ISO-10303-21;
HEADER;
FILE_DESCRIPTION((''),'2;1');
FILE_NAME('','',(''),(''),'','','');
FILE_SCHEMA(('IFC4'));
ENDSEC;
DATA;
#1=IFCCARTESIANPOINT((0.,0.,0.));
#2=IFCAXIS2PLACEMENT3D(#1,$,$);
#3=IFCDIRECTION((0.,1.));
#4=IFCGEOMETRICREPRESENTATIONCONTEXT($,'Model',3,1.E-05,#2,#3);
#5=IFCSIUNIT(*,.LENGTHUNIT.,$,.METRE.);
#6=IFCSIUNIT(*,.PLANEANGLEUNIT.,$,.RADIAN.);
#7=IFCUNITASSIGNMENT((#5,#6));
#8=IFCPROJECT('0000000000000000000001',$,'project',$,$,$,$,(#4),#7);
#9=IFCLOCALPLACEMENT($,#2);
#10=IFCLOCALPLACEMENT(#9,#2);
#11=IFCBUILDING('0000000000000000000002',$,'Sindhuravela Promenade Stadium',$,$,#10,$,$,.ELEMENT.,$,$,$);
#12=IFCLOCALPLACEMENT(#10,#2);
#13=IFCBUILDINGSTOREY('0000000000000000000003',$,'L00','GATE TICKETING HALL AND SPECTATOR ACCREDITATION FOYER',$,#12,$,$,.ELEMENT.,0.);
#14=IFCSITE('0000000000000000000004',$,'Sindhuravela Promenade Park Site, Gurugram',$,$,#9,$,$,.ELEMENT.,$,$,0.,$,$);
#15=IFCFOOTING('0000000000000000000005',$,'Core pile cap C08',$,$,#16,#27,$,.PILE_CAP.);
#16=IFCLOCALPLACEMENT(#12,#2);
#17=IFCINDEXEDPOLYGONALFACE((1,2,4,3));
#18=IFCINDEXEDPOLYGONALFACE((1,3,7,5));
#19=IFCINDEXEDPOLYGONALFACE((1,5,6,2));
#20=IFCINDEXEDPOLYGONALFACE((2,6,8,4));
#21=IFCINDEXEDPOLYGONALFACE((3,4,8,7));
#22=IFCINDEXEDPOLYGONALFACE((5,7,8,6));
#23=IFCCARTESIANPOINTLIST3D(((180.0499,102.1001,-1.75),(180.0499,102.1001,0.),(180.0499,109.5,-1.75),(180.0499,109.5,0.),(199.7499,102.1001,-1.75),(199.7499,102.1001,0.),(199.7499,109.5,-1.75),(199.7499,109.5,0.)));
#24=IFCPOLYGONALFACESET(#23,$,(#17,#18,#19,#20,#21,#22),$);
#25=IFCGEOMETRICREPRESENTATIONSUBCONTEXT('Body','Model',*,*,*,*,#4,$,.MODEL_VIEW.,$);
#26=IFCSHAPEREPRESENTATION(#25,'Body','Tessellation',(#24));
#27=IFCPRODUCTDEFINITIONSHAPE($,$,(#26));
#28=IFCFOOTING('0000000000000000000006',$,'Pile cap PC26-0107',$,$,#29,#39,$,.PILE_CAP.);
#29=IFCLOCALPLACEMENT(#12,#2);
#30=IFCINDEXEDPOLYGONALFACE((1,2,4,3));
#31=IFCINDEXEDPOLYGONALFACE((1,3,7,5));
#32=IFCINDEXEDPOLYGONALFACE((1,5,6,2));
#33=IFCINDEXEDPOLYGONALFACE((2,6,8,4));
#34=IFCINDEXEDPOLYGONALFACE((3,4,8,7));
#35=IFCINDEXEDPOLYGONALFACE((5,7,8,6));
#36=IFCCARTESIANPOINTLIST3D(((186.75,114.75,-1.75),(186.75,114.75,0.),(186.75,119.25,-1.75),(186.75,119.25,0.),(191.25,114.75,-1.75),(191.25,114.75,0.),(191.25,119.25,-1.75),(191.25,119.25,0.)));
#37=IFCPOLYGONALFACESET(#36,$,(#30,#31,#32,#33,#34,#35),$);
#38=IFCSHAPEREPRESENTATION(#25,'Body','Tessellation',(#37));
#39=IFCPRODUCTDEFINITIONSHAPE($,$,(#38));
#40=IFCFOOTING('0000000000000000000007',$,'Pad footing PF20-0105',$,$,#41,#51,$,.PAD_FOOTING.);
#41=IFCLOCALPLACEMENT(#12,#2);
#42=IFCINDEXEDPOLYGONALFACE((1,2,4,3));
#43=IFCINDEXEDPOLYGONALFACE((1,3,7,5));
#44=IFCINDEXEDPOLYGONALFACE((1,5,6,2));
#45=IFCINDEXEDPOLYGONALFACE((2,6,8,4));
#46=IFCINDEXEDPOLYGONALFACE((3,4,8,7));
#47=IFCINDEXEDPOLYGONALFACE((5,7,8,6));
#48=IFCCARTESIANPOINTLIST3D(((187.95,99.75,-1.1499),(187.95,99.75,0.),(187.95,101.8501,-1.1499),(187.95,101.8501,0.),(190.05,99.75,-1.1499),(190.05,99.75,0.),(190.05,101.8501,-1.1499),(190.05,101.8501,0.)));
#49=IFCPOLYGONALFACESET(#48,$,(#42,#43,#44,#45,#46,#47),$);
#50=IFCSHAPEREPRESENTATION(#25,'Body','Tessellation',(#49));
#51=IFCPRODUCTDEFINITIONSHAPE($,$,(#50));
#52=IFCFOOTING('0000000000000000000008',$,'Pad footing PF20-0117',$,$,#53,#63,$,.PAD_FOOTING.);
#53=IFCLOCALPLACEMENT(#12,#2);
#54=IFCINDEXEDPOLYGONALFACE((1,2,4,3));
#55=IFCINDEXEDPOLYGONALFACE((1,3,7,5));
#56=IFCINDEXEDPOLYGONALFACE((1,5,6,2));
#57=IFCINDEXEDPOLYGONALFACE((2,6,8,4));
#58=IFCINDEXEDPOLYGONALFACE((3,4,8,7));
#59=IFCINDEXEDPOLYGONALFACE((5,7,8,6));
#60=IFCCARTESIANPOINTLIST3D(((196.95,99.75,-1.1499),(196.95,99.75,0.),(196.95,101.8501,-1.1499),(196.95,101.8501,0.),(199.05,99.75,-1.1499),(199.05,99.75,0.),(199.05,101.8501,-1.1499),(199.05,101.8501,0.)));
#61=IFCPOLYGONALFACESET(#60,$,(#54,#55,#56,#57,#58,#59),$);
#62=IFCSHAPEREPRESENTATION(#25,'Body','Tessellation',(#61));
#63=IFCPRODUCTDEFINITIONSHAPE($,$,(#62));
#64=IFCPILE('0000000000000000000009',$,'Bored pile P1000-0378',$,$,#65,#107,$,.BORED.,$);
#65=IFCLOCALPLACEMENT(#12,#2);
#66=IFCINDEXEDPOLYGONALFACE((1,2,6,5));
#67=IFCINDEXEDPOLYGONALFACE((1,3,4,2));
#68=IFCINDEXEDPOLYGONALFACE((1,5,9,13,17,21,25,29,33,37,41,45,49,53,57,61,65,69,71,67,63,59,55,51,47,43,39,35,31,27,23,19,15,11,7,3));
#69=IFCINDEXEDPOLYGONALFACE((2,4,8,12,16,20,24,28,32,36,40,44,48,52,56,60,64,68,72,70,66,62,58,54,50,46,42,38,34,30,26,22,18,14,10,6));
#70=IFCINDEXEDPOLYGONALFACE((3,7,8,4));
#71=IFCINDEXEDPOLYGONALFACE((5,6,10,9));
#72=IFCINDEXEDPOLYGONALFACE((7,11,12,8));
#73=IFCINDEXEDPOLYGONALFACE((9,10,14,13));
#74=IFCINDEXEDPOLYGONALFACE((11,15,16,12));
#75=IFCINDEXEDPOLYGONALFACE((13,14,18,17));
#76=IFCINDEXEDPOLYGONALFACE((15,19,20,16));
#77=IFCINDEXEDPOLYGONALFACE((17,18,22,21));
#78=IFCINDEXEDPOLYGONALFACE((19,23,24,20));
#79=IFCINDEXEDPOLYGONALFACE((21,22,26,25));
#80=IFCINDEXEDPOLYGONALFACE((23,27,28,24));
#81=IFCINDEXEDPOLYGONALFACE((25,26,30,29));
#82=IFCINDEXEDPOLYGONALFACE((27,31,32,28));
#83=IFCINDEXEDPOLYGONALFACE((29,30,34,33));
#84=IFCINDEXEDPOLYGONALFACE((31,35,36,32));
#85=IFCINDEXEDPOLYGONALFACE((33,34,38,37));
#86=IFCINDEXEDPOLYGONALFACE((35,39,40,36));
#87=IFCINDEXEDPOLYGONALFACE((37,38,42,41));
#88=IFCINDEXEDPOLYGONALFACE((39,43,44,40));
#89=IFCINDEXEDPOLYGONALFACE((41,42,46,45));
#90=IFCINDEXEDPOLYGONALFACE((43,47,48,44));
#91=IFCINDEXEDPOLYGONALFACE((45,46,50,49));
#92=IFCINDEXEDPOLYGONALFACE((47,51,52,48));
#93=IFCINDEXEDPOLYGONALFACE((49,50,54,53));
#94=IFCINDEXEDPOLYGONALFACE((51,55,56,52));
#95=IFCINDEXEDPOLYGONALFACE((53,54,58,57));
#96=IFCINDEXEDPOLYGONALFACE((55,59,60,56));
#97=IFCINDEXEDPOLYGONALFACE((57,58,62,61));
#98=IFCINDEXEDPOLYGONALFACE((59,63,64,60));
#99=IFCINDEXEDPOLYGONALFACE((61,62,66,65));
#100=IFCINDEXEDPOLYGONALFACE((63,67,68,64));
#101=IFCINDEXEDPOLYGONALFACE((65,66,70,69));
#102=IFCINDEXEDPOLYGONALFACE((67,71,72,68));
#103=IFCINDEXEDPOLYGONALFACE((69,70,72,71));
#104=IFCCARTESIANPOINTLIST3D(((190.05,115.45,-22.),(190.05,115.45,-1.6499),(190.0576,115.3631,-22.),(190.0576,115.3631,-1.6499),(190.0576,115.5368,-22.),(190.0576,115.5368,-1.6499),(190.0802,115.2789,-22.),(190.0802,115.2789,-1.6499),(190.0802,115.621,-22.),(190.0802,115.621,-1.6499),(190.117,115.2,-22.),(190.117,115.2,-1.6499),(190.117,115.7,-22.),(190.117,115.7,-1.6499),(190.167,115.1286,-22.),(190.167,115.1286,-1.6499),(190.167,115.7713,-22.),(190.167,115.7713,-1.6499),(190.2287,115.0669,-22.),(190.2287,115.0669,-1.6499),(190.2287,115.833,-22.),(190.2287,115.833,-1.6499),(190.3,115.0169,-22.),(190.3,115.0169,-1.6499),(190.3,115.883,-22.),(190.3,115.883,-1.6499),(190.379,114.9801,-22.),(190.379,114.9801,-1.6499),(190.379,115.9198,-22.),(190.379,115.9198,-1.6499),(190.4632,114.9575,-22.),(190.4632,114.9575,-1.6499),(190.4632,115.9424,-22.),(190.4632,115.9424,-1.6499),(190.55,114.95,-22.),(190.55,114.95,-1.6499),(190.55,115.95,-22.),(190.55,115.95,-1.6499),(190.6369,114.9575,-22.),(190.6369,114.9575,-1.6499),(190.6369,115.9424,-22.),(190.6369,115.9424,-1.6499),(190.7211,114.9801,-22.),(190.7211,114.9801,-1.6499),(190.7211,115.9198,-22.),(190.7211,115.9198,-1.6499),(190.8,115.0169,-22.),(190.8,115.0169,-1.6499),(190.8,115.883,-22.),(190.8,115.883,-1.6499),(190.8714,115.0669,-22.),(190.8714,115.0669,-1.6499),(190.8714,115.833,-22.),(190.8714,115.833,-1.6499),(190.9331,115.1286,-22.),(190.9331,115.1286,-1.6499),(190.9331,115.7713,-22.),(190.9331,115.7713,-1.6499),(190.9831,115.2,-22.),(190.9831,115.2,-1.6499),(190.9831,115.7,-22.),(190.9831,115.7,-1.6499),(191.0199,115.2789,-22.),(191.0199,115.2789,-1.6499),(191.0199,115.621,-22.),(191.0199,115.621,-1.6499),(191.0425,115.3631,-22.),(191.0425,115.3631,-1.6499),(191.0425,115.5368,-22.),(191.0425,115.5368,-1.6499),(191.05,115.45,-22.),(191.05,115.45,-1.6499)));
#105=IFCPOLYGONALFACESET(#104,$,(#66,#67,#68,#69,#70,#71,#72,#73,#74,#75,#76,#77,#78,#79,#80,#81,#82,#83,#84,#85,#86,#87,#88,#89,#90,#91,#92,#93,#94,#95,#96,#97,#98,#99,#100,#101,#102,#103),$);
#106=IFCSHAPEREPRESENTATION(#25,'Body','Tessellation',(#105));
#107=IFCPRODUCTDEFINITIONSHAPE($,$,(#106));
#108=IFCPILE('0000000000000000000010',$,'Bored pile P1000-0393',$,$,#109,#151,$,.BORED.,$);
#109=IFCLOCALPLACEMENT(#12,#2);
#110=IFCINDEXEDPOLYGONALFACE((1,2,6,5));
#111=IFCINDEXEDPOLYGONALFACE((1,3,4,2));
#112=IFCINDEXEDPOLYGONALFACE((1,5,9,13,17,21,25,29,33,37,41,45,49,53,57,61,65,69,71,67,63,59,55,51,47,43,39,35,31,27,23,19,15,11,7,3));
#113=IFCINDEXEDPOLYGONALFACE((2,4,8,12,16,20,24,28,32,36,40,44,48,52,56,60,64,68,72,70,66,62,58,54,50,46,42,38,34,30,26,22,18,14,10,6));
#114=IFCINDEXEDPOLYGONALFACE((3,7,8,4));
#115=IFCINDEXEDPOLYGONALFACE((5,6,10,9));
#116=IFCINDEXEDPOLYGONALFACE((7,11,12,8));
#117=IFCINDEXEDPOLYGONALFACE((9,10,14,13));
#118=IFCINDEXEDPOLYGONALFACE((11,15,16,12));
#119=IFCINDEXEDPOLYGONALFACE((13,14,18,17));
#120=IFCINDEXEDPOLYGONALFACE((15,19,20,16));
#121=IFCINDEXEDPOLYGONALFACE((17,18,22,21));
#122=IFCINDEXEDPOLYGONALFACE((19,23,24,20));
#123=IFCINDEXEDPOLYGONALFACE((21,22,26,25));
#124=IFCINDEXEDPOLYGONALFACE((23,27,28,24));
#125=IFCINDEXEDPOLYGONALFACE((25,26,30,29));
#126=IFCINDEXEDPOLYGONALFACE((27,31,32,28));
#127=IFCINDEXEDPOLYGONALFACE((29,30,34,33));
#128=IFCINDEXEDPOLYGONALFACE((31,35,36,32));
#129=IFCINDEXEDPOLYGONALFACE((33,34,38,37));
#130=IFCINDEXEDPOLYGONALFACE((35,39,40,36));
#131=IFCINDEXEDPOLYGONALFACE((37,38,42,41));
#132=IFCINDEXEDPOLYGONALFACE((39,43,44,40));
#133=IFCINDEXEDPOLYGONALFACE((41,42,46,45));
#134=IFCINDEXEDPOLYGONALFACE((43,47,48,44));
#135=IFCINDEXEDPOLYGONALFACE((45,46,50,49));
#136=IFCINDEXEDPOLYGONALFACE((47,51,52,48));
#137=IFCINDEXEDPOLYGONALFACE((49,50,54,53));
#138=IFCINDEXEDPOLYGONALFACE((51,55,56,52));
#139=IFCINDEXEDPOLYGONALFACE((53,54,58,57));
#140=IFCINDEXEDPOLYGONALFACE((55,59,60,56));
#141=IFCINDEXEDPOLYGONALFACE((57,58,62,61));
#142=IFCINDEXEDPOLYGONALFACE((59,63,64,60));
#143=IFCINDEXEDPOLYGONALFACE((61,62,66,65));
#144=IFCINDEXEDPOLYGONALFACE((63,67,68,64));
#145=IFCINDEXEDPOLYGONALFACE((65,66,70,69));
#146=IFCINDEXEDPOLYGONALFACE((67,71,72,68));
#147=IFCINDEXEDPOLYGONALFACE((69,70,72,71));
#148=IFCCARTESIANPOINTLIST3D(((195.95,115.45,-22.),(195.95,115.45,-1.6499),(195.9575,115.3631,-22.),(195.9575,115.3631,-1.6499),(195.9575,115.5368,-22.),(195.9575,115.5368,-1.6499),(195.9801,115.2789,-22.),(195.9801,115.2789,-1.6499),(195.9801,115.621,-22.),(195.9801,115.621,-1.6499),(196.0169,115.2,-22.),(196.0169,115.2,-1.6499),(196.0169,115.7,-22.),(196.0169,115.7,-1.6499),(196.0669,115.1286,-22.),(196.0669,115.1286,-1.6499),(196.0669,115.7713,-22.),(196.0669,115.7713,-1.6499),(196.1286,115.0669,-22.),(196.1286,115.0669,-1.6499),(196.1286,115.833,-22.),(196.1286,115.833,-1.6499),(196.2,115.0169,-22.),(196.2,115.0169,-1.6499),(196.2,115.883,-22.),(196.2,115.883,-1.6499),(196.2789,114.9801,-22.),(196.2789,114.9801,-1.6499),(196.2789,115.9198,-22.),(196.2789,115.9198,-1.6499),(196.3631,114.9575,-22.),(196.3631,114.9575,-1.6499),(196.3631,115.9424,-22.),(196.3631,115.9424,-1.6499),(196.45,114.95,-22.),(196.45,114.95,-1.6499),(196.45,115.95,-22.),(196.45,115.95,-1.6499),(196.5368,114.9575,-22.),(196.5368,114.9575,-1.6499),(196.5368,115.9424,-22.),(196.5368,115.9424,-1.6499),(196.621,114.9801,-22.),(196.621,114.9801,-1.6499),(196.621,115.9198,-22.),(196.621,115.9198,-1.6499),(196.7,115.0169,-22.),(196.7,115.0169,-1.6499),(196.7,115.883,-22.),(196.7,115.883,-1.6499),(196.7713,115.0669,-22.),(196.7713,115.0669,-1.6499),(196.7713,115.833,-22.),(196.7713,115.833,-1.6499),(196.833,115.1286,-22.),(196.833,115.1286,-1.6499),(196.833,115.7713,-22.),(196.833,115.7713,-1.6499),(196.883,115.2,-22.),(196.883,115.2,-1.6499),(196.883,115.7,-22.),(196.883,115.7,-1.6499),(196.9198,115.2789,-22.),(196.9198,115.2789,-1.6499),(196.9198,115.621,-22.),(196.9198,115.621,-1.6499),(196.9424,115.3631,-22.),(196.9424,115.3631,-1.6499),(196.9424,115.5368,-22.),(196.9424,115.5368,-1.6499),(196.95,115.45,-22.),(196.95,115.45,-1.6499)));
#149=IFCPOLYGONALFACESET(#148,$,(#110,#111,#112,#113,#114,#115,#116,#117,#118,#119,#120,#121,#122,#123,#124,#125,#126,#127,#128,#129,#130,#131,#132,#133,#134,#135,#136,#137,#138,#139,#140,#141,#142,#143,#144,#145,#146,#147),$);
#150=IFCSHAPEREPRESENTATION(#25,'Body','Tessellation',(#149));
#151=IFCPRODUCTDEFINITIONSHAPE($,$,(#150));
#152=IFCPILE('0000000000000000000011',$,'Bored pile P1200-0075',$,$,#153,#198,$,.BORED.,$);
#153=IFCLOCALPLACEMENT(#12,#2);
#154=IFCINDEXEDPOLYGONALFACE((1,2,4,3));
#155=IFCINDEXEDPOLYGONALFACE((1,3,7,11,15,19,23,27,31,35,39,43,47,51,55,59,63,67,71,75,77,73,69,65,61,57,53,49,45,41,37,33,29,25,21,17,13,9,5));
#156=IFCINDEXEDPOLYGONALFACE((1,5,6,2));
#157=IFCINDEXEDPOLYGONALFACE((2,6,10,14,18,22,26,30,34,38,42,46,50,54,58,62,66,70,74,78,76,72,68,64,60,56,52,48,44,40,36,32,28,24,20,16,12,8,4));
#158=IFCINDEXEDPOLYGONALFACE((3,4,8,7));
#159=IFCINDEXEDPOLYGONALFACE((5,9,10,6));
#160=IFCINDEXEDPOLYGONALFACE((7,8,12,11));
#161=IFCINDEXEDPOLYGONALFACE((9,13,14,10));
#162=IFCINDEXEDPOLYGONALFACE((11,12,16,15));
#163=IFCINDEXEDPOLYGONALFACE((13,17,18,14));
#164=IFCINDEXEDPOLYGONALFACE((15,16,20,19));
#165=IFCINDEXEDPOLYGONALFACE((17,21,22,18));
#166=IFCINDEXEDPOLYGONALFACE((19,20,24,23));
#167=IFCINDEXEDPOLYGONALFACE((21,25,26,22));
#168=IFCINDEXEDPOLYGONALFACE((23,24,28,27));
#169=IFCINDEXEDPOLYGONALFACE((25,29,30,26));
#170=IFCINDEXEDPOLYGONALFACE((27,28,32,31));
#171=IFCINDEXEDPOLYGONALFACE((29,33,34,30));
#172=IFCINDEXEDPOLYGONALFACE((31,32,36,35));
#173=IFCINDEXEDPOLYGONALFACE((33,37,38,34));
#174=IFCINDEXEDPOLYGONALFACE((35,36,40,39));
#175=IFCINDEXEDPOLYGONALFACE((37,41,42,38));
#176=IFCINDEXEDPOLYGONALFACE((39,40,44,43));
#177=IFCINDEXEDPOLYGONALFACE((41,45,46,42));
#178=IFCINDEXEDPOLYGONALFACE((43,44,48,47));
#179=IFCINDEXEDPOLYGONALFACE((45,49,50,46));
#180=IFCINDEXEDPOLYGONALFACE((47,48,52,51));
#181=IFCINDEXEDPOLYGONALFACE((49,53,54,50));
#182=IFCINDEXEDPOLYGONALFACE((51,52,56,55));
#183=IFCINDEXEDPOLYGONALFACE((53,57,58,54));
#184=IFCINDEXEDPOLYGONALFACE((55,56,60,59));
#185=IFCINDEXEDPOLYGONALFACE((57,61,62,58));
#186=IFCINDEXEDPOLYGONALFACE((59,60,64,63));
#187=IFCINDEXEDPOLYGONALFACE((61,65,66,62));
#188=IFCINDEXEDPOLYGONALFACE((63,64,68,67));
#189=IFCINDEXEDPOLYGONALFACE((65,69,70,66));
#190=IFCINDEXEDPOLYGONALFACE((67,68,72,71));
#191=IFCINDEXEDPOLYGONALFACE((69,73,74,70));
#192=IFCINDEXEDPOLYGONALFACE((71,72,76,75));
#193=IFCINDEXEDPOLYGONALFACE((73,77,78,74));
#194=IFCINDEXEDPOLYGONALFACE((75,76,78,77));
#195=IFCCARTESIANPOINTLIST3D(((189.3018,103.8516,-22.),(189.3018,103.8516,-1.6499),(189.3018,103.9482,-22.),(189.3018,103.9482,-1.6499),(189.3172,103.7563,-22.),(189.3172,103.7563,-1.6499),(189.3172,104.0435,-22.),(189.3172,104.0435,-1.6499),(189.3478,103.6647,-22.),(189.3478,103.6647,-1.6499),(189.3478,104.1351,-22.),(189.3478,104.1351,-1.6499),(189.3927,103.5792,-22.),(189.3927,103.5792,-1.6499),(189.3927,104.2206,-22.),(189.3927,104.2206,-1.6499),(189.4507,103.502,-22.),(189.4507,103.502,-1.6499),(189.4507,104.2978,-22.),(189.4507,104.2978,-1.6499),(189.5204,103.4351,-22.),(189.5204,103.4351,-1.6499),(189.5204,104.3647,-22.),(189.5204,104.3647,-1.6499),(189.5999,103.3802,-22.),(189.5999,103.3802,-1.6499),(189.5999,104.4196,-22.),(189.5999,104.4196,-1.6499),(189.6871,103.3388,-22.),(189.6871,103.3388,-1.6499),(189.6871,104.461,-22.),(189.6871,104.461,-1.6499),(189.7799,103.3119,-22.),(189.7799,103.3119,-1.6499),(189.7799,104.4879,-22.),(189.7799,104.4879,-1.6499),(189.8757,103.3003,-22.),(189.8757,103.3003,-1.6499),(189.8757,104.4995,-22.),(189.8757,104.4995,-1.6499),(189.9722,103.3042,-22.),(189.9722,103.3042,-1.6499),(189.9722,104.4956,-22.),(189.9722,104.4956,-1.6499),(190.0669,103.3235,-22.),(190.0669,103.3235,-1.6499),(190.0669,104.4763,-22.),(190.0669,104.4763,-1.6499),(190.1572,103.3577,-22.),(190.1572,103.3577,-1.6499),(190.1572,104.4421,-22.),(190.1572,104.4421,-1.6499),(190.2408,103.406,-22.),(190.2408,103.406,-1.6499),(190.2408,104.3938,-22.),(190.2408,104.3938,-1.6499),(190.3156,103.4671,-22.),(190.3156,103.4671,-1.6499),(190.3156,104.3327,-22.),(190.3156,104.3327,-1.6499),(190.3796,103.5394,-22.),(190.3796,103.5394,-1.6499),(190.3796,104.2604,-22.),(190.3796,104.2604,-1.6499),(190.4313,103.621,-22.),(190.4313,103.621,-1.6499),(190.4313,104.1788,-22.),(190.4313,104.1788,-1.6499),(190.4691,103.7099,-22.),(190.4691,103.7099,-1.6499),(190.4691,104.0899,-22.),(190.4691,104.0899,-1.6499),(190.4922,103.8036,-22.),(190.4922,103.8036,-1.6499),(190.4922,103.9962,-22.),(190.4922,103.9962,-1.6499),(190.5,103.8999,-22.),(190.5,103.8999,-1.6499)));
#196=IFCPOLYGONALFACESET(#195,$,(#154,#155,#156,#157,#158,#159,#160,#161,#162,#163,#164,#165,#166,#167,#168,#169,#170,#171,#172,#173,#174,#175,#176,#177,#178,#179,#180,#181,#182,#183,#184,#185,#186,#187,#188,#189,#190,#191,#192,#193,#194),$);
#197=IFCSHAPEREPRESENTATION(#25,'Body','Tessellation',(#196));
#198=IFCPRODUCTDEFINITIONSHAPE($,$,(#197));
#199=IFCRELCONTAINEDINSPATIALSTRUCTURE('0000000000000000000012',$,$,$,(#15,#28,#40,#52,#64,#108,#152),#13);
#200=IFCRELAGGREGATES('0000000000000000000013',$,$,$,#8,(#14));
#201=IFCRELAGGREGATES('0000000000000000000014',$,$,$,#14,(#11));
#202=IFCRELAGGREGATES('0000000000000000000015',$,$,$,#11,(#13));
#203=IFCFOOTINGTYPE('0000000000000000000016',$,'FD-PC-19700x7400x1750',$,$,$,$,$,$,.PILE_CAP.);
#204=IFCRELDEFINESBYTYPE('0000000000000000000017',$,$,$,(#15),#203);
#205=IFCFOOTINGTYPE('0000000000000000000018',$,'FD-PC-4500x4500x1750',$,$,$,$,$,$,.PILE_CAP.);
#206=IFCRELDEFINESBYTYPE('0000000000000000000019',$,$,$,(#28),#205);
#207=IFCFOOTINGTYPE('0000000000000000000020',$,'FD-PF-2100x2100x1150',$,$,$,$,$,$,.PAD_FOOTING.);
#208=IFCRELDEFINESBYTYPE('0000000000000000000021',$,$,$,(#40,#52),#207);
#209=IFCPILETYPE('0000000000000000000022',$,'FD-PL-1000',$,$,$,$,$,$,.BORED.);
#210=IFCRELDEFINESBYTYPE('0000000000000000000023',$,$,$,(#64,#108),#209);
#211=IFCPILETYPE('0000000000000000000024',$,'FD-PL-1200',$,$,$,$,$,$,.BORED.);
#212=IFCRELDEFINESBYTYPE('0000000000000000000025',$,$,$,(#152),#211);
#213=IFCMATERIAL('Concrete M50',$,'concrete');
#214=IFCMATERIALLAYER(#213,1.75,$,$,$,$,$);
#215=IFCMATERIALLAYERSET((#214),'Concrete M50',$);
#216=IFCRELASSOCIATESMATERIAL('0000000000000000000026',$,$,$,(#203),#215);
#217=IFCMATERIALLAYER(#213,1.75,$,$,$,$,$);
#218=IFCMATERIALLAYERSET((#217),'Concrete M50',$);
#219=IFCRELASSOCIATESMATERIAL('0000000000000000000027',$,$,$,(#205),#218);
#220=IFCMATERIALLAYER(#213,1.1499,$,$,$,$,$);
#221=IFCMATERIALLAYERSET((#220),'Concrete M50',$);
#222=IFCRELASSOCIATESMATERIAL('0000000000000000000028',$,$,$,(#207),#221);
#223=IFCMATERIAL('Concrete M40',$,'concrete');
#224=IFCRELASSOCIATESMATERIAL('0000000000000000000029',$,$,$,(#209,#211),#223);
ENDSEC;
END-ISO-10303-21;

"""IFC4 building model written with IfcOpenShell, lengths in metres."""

from ifc_helpers import new_model, si_unit, direction, frame, origin, origin_2d, place, context, subcontext, project, spatial, rectangle, circle, extrude, material, layer, layer_set, material_profile, profile_set, type_object, element, save


model = new_model("IFC4")

# Units and contexts
model_context = context("Model", 3, precision=1e-05, world=origin(), true_north=direction((0.0, 1.0)))
body_context = subcontext(model_context, "Body", "Model", "MODEL_VIEW")
ifc_project = project(units=[si_unit("LENGTHUNIT", "METRE"), si_unit("PLANEANGLEUNIT", "RADIAN")], contexts=[model_context])

# Site, building, storey
site_placement = place(None, origin())
site = spatial("IfcSite", under=ifc_project, at=site_placement, Name="Sindhuravela Promenade Park Site, Gurugram", CompositionType="ELEMENT", RefElevation=0.0)
building_placement = place(site_placement, origin())
building = spatial("IfcBuilding", under=site, at=building_placement, Name="Sindhuravela Promenade Stadium", CompositionType="ELEMENT")
storey_placement = place(building_placement, origin())
storey = spatial("IfcBuildingStorey", under=building, at=storey_placement, Name="L00", Description="GATE TICKETING HALL AND SPECTATOR ACCREDITATION FOYER", CompositionType="ELEMENT", Elevation=0.0)

# Footings
ifc_material_1 = material(Name="Concrete M50", Category="concrete")
ifc_layer_1 = layer(ifc_material_1, 1.75)
ifc_layer_set_1 = layer_set([ifc_layer_1], Name="Concrete M50")
footing_type_1 = type_object("IfcFootingType", Name="FD-PC-19700x7400x1750", PredefinedType="PILE_CAP", material=ifc_layer_set_1)
footing_1_placement = place(storey_placement, frame((189.8999, 105.8, -1.75), z_axis=(0.0, 0.0, 1.0), x_axis=(1.0, 0.0, 0.0)))
element("IfcFooting", 1, at=footing_1_placement, inside=storey, type_object=footing_type_1, Name="Core pile cap C08", PredefinedType="PILE_CAP", context=body_context, shape_type="SweptSolid", body=[
    extrude(rectangle(XDim=19.7, YDim=7.3999, at=origin_2d()), origin(), (0.0, 0.0, 1.0), 1.75),
])
ifc_layer_2 = layer(ifc_material_1, 1.75)
ifc_layer_set_2 = layer_set([ifc_layer_2], Name="Concrete M50")
footing_type_2 = type_object("IfcFootingType", Name="FD-PC-4500x4500x1750", PredefinedType="PILE_CAP", material=ifc_layer_set_2)
footing_2_placement = place(storey_placement, frame((189.0, 117.0, -1.75), z_axis=(0.0, 0.0, 1.0), x_axis=(1.0, 0.0, 0.0)))
element("IfcFooting", 2, at=footing_2_placement, inside=storey, type_object=footing_type_2, Name="Pile cap PC26-0107", PredefinedType="PILE_CAP", context=body_context, shape_type="SweptSolid", body=[
    extrude(rectangle(XDim=4.5, YDim=4.5, at=origin_2d()), origin(), (0.0, 0.0, 1.0), 1.75),
])
ifc_layer_3 = layer(ifc_material_1, 1.1499)
ifc_layer_set_3 = layer_set([ifc_layer_3], Name="Concrete M50")
footing_type_3 = type_object("IfcFootingType", Name="FD-PF-2100x2100x1150", PredefinedType="PAD_FOOTING", material=ifc_layer_set_3)
for number, where, z_axis, x_axis, name in (
    (3, (189.0, 100.8, -1.1499), (0.0, 0.0, 1.0), (1.0, 0.0, 0.0), "Pad footing PF20-0105"),
    (4, (198.0, 100.8, -1.1499), (0.0, 0.0, 1.0), (1.0, 0.0, 0.0), "Pad footing PF20-0117"),
):
    element("IfcFooting", number, at=place(storey_placement, frame(where, z_axis=z_axis, x_axis=x_axis)), inside=storey, type_object=footing_type_3, Name=name, PredefinedType="PAD_FOOTING", context=body_context, shape_type="SweptSolid", body=[
        extrude(rectangle(XDim=2.1001, YDim=2.1001, at=origin_2d()), origin(), (0.0, 0.0, 1.0), 1.1499),
    ])

# Piles
ifc_material_2 = material(Name="Concrete M40", Category="concrete")
ifc_material_profile_1 = material_profile(ifc_material_2, circle(Radius=0.5, at=origin_2d()), Name="BORED PILE D1000")
ifc_profile_set_1 = profile_set([ifc_material_profile_1], Name="Concrete M40")
pile_type_1 = type_object("IfcPileType", Name="FD-PL-1000", PredefinedType="BORED", material=ifc_profile_set_1)
for number, where, z_axis, x_axis, name in (
    (5, (190.55, 115.45, -1.6499), (0.0, 0.0, -1.0), (1.0, 0.0, 0.0), "Bored pile P1000-0378"),
    (6, (196.45, 115.45, -1.6499), (0.0, 0.0, -1.0), (1.0, 0.0, 0.0), "Bored pile P1000-0393"),
):
    element("IfcPile", number, at=place(storey_placement, frame(where, z_axis=z_axis, x_axis=x_axis)), inside=storey, type_object=pile_type_1, Name=name, PredefinedType="BORED", context=body_context, shape_type="SweptSolid", body=[
        extrude(circle(Radius=0.5, at=origin_2d()), origin(), (0.0, 0.0, 1.0), 20.3501),
    ])
ifc_material_profile_2 = material_profile(ifc_material_2, circle(Radius=0.6001, at=origin_2d()), Name="BORED PILE D1200")
ifc_profile_set_2 = profile_set([ifc_material_profile_2], Name="Concrete M40")
pile_type_2 = type_object("IfcPileType", Name="FD-PL-1200", PredefinedType="BORED", material=ifc_profile_set_2)
for number, where, z_axis, x_axis, name in (
    (7, (189.8999, 103.8999, -1.6499), (0.0, 0.0, -1.0), (1.0, 0.0, 0.0), "Bored pile P1200-0075"),
):
    element("IfcPile", number, at=place(storey_placement, frame(where, z_axis=z_axis, x_axis=x_axis)), inside=storey, type_object=pile_type_2, Name=name, PredefinedType="BORED", context=body_context, shape_type="SweptSolid", body=[
        extrude(circle(Radius=0.6001, at=origin_2d()), origin(), (0.0, 0.0, 1.0), 20.3501),
    ])

save(model, "model.ifc")
